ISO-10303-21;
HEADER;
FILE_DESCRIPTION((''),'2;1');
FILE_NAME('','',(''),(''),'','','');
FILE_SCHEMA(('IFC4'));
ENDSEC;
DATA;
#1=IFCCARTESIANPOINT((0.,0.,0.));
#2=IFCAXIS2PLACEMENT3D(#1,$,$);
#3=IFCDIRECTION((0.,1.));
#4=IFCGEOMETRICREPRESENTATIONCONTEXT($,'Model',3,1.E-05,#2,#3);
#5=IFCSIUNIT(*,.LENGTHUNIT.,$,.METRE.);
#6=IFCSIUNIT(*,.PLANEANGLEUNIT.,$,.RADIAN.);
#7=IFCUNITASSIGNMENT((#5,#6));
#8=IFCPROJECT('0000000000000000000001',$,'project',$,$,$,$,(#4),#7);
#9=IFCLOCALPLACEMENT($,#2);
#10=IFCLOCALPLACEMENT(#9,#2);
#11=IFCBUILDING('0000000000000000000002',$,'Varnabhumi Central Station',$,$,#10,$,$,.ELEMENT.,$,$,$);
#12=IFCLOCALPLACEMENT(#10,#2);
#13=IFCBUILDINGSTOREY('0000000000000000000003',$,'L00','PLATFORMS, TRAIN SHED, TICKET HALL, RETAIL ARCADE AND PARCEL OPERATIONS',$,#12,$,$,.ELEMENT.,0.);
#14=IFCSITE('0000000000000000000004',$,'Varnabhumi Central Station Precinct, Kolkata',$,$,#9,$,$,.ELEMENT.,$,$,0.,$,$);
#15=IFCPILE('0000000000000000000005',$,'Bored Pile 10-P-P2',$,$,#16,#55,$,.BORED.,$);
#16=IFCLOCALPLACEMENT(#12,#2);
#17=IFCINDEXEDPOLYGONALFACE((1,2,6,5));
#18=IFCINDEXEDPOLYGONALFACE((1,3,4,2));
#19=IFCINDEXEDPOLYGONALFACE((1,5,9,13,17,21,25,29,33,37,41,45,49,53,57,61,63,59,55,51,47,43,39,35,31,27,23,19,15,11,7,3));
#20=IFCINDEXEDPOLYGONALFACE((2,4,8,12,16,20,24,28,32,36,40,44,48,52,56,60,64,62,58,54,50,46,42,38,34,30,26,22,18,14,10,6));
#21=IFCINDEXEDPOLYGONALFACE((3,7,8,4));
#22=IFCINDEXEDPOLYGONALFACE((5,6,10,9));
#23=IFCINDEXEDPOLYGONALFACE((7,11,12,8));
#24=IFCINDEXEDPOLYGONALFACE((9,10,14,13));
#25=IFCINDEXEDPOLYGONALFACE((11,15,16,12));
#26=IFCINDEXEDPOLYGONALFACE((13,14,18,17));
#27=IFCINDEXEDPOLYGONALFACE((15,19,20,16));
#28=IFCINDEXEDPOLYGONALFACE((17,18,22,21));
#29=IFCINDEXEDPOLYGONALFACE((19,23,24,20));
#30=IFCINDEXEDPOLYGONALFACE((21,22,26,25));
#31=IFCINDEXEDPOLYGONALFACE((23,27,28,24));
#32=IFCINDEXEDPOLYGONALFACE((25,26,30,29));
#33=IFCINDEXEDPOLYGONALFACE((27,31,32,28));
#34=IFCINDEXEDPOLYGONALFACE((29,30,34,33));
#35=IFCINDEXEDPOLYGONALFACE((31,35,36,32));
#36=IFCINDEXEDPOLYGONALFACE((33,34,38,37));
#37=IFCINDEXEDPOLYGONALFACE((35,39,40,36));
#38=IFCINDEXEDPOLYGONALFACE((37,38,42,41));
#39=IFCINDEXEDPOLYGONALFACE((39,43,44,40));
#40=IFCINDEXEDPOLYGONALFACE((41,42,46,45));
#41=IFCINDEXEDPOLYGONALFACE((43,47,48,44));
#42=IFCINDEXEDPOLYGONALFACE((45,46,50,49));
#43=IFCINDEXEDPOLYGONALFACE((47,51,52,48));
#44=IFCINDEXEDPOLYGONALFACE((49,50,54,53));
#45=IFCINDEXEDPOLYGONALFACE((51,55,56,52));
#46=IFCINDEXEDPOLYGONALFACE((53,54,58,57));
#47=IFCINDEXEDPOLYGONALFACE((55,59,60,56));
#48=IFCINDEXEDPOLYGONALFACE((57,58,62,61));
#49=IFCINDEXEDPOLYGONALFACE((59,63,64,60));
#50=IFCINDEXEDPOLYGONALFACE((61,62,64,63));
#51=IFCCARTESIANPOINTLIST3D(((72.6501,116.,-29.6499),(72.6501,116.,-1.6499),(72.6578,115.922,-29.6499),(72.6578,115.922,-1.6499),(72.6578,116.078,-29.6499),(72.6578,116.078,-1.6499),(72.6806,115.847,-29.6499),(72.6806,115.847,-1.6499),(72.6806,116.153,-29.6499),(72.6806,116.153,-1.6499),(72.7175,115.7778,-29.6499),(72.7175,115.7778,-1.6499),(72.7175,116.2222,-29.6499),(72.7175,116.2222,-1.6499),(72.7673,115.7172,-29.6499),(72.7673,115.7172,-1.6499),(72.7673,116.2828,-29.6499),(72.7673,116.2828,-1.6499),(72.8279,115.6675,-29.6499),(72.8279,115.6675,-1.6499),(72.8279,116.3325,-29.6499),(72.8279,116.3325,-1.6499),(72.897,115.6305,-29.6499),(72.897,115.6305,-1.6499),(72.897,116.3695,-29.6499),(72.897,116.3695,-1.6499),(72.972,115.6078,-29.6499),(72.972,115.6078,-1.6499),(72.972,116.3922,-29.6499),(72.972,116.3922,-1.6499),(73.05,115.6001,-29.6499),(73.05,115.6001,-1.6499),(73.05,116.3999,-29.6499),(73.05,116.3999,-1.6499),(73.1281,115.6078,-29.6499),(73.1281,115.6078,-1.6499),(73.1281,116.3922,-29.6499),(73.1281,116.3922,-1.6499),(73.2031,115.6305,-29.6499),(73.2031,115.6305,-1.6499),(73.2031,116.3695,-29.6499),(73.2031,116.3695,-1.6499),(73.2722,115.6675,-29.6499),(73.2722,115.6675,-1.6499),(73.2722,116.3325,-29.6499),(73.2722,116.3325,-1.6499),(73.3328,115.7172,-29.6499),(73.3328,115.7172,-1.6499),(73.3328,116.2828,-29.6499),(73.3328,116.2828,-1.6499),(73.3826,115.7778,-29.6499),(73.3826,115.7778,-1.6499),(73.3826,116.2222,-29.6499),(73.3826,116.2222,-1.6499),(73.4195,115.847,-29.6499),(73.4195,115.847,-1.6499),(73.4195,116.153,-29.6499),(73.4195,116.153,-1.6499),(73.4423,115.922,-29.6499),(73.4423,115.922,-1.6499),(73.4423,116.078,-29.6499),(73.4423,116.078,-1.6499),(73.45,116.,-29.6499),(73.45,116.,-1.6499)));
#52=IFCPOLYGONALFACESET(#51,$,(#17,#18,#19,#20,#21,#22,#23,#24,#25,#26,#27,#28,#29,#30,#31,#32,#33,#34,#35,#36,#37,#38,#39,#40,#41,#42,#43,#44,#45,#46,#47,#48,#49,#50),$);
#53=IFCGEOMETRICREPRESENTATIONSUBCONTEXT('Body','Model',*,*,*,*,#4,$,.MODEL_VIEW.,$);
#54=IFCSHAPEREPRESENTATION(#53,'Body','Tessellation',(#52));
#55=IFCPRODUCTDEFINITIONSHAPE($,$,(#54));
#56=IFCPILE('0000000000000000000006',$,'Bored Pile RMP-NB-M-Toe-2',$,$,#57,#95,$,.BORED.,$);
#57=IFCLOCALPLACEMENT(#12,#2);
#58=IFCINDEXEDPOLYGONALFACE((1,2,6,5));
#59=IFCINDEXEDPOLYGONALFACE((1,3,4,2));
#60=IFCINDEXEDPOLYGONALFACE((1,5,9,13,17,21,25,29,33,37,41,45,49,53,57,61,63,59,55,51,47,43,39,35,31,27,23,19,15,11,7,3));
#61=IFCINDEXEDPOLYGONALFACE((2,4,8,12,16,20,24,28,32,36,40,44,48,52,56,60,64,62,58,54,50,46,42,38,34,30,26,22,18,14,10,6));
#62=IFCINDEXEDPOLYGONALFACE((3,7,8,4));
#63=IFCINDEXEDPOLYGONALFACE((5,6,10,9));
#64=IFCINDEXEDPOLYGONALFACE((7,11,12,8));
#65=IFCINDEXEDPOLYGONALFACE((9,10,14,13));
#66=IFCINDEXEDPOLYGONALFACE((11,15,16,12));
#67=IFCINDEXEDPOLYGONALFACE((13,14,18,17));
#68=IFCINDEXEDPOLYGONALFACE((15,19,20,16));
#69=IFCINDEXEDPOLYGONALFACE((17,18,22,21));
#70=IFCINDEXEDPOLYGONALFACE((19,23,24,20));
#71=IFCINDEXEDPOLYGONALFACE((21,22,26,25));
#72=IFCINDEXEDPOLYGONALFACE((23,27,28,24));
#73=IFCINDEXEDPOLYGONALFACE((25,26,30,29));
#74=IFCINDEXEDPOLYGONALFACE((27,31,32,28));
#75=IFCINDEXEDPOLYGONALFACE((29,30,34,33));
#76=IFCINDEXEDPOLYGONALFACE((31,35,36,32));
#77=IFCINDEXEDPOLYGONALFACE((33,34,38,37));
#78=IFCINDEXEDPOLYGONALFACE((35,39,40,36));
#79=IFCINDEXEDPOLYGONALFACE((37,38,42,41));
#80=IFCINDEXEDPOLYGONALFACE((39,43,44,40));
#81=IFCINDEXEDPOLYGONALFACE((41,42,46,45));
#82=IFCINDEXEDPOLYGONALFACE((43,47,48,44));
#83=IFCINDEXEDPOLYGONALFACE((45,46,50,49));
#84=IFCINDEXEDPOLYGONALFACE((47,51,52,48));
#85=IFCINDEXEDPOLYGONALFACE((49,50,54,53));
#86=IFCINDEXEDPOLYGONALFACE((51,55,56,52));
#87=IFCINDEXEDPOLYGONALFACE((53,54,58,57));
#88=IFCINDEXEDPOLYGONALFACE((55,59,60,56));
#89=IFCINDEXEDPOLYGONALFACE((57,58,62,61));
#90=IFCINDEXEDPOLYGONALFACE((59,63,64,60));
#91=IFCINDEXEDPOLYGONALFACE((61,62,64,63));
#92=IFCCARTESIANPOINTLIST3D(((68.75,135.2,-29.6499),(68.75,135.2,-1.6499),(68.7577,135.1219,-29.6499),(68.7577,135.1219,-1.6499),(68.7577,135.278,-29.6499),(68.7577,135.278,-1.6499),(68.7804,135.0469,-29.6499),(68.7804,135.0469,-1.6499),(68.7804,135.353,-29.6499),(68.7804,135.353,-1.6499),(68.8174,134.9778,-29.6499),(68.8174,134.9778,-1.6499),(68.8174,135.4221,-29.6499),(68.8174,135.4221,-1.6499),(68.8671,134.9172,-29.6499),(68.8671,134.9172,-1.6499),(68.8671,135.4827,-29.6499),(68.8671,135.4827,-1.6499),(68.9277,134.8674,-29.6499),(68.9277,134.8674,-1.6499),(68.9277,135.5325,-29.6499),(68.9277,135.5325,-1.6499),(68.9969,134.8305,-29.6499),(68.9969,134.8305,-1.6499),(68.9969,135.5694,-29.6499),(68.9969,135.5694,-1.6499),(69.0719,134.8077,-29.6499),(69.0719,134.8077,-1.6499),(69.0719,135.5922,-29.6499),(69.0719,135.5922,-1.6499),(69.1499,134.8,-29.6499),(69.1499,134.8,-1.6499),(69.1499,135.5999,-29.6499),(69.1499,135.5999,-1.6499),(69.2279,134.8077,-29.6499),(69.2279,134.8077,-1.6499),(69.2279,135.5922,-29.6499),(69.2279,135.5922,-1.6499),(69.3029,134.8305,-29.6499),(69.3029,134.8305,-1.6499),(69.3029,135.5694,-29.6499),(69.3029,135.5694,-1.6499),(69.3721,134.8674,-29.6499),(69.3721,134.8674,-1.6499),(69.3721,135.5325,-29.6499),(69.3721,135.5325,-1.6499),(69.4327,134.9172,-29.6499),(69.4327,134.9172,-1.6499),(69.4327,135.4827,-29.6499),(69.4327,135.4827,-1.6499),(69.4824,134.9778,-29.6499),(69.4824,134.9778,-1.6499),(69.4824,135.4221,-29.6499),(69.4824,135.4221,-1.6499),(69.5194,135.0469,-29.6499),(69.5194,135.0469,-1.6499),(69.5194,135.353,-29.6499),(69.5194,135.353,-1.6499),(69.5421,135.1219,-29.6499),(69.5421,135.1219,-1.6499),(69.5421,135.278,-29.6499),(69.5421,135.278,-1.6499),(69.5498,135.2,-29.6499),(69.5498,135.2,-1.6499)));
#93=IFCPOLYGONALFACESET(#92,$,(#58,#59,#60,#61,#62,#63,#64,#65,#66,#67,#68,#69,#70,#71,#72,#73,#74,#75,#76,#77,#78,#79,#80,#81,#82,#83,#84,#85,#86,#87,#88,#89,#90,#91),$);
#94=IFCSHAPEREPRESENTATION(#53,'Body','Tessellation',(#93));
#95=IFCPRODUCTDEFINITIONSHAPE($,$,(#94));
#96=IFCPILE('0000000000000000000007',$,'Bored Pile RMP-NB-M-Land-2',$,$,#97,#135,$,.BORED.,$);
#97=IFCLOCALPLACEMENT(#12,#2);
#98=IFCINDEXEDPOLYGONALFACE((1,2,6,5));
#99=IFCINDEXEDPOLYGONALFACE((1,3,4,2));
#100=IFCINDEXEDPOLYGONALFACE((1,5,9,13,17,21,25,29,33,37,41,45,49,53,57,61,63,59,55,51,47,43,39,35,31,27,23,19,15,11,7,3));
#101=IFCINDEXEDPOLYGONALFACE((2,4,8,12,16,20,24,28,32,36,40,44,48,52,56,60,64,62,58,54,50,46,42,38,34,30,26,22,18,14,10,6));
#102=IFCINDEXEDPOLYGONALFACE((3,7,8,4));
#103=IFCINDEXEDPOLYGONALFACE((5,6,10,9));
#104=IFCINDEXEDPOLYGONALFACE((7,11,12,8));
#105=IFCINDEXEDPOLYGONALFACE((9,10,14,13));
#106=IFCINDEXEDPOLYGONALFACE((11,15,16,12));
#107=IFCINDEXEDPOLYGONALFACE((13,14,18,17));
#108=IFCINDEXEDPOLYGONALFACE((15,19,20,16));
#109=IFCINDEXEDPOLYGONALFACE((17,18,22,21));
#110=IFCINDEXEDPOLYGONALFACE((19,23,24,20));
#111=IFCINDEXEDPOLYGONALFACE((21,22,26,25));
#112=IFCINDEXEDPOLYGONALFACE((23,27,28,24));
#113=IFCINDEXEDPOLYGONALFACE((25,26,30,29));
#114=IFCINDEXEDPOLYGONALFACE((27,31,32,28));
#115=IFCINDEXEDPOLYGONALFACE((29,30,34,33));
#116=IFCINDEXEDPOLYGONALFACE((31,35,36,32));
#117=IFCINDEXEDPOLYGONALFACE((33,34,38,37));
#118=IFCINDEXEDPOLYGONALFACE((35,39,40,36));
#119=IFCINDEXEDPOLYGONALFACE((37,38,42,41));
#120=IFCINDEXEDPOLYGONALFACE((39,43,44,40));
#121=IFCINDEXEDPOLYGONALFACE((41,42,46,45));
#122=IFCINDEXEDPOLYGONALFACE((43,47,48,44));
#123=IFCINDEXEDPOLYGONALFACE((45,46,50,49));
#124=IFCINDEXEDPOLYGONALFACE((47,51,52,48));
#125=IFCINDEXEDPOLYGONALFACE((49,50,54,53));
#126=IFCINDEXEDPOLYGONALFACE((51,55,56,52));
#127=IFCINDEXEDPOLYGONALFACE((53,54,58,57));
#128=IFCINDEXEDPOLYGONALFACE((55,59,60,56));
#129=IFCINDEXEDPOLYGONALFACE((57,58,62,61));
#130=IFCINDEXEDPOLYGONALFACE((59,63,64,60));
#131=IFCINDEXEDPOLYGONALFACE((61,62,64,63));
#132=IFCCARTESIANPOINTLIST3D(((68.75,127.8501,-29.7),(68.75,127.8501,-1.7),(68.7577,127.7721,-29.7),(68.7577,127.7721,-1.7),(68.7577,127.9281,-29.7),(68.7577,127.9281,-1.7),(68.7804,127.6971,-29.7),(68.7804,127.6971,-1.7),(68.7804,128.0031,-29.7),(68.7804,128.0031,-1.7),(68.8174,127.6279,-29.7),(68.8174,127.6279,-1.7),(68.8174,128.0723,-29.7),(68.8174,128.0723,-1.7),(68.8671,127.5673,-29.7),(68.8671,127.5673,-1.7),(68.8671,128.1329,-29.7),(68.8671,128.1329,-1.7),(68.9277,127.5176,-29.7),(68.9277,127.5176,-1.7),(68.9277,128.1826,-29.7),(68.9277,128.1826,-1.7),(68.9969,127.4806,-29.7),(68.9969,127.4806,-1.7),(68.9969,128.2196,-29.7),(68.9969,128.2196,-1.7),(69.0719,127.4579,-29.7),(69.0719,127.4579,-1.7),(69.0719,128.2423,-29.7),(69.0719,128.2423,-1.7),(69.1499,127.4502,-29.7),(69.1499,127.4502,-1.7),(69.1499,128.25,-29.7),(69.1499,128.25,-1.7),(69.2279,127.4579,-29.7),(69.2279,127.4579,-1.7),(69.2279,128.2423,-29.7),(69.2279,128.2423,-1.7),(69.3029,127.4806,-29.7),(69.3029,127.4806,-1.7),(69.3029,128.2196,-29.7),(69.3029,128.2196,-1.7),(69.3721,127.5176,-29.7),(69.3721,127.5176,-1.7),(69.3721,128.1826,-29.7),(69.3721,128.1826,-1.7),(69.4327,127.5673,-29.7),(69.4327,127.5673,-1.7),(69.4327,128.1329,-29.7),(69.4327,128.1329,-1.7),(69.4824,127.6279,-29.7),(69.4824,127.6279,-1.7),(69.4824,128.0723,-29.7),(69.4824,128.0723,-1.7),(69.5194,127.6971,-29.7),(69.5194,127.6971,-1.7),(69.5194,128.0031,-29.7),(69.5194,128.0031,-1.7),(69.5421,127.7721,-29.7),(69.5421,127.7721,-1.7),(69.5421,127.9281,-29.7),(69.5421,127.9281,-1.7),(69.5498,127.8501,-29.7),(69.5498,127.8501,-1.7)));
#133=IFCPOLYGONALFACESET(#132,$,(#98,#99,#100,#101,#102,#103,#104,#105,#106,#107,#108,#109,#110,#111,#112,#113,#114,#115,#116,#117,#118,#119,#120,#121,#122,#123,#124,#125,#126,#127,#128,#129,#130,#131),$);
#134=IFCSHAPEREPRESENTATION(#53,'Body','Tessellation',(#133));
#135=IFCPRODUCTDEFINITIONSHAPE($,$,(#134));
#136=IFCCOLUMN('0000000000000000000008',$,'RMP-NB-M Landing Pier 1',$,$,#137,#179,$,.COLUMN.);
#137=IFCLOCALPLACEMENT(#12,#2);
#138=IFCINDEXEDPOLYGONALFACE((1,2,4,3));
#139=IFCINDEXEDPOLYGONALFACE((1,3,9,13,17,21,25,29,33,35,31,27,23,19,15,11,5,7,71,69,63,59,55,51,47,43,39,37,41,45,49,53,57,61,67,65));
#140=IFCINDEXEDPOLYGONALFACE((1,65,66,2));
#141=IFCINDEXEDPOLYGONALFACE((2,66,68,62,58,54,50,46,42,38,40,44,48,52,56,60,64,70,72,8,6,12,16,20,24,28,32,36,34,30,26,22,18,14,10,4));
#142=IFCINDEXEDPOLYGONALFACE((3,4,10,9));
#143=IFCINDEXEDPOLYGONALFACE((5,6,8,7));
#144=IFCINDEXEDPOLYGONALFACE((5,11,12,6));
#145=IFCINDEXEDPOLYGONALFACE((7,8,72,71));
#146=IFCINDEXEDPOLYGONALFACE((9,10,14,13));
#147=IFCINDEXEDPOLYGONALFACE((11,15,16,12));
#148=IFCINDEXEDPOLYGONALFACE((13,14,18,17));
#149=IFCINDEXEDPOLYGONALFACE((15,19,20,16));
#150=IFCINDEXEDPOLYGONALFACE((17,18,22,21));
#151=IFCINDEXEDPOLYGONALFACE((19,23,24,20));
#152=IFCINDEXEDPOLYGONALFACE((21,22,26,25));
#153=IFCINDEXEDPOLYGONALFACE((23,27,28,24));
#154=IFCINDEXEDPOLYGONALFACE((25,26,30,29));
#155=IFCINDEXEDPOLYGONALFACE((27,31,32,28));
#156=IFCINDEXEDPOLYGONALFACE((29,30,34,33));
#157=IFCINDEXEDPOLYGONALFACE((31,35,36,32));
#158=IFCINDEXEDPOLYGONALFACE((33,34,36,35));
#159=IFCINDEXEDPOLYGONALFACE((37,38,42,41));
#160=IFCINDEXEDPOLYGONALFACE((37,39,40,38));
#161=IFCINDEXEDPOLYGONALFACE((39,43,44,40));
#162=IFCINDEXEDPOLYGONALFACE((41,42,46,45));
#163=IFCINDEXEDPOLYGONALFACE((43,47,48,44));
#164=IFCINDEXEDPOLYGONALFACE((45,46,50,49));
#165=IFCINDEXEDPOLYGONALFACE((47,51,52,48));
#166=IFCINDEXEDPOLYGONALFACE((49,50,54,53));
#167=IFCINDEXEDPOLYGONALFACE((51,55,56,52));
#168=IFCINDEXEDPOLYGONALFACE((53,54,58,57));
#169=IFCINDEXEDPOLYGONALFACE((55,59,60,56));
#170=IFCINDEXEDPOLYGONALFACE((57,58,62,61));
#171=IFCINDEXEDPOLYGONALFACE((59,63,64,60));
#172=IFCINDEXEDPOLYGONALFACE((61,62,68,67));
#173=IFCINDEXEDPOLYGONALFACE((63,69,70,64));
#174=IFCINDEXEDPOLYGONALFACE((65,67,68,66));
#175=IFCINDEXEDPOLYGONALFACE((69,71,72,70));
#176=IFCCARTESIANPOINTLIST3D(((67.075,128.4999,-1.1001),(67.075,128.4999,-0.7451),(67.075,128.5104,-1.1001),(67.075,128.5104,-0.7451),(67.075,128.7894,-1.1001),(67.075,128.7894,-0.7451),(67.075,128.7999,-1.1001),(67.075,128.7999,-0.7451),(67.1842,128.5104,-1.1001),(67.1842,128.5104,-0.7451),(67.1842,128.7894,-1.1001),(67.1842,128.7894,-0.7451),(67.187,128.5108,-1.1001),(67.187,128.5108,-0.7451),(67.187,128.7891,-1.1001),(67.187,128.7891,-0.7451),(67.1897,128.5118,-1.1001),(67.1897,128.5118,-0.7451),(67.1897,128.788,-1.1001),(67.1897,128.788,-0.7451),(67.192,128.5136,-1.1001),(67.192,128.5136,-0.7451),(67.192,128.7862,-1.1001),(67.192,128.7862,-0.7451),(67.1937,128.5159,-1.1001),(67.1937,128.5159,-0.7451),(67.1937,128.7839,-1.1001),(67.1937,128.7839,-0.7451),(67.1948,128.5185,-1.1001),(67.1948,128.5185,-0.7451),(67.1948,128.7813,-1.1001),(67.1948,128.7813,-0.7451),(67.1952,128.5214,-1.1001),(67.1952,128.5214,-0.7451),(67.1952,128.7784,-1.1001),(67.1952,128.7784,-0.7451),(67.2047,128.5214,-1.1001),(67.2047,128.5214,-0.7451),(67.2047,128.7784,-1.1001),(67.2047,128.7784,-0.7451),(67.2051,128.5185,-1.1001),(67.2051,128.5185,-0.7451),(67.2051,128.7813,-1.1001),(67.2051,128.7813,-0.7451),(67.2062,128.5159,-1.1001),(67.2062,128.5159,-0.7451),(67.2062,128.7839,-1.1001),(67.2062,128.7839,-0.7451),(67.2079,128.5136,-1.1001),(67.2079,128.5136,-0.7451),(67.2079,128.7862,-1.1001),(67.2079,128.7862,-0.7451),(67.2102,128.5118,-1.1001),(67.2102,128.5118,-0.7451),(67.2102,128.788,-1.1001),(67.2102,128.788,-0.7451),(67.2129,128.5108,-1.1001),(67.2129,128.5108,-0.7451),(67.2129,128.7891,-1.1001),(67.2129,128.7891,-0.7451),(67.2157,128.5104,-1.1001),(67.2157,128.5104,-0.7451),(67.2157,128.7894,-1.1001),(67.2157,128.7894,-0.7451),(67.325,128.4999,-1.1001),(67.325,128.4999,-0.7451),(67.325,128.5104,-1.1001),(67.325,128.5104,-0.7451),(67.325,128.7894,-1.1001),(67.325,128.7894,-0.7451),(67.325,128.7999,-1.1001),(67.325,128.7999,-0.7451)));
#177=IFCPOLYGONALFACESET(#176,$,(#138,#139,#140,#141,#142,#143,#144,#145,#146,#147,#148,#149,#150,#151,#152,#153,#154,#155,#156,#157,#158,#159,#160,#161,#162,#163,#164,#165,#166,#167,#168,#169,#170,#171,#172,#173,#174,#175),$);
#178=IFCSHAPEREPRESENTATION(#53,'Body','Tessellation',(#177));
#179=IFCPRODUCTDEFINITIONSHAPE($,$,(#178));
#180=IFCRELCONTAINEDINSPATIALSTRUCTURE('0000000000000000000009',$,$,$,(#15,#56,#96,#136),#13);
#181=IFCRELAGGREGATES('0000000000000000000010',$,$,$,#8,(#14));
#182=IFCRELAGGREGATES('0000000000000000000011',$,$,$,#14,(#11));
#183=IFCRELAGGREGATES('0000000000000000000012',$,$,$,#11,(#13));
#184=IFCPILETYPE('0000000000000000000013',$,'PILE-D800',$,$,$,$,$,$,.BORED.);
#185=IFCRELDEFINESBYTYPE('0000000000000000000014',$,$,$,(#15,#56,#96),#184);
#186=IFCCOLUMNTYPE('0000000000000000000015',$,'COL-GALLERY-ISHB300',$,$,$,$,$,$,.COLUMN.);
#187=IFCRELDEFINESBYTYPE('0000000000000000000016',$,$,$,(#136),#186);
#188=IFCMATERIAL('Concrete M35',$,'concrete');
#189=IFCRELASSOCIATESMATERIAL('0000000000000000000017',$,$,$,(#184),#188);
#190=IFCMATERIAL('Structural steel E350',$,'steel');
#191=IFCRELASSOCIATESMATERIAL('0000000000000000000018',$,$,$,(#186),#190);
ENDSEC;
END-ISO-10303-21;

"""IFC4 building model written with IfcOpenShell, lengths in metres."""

from ifc_helpers import new_model, si_unit, direction, frame, origin, origin_2d, place, context, subcontext, project, spatial, circle, i_section, extrude, material, material_profile, profile_set, type_object, element, save


model = new_model("IFC4")

# Units and contexts
model_context = context("Model", 3, precision=1e-05, world=origin(), true_north=direction((0.0, 1.0)))
body_context = subcontext(model_context, "Body", "Model", "MODEL_VIEW")
ifc_project = project(units=[si_unit("LENGTHUNIT", "METRE"), si_unit("PLANEANGLEUNIT", "RADIAN")], contexts=[model_context])

# Site, building, storey
site_placement = place(None, origin())
site = spatial("IfcSite", under=ifc_project, at=site_placement, Name="Varnabhumi Central Station Precinct, Kolkata", CompositionType="ELEMENT", RefElevation=0.0)
building_placement = place(site_placement, origin())
building = spatial("IfcBuilding", under=site, at=building_placement, Name="Varnabhumi Central Station", CompositionType="ELEMENT")
storey_placement = place(building_placement, origin())
storey = spatial("IfcBuildingStorey", under=building, at=storey_placement, Name="L00", Description="PLATFORMS, TRAIN SHED, TICKET HALL, RETAIL ARCADE AND PARCEL OPERATIONS", CompositionType="ELEMENT", Elevation=0.0)

# Piles
ifc_material_1 = material(Name="Concrete M35", Category="concrete")
ifc_material_profile_1 = material_profile(ifc_material_1, circle(Radius=0.3999, at=origin_2d()), Name="Concrete M35", Category="concrete")
ifc_profile_set_1 = profile_set([ifc_material_profile_1], Name="Concrete M35")
pile_type_1 = type_object("IfcPileType", Name="PILE-D800", PredefinedType="BORED", material=ifc_profile_set_1)
for number, where, z_axis, x_axis, name in (
    (1, (73.05, 116.0, -1.6499), (0.0, 0.0, -1.0), (1.0, 0.0, 0.0), "Bored Pile 10-P-P2"),
    (2, (69.1499, 135.2, -1.6499), (0.0, 0.0, -1.0), (1.0, 0.0, 0.0), "Bored Pile RMP-NB-M-Toe-2"),
    (3, (69.1499, 127.8501, -1.7), (0.0, 0.0, -1.0), (1.0, 0.0, 0.0), "Bored Pile RMP-NB-M-Land-2"),
):
    element("IfcPile", number, at=place(storey_placement, frame(where, z_axis=z_axis, x_axis=x_axis)), inside=storey, type_object=pile_type_1, Name=name, PredefinedType="BORED", context=body_context, shape_type="SweptSolid", body=[
        extrude(circle(Radius=0.3999, at=origin_2d()), origin(), (0.0, 0.0, 1.0), 28.0),
    ])

# Column
ifc_material_2 = material(Name="Structural steel E350", Category="steel")
ifc_material_profile_2 = material_profile(ifc_material_2, i_section(OverallWidth=0.25, OverallDepth=0.3, WebThickness=0.0095, FlangeThickness=0.0105, FilletRadius=0.011, at=origin_2d()), Name="Structural steel E350", Category="steel")
ifc_profile_set_2 = profile_set([ifc_material_profile_2], Name="Structural steel E350")
column_type_1 = type_object("IfcColumnType", Name="COL-GALLERY-ISHB300", PredefinedType="COLUMN", material=ifc_profile_set_2)
for number, where, z_axis, x_axis, name in (
    (4, (67.2, 128.6499, -1.1001), (0.0, 0.0, 1.0), (1.0, 0.0, 0.0), "RMP-NB-M Landing Pier 1"),
):
    element("IfcColumn", number, at=place(storey_placement, frame(where, z_axis=z_axis, x_axis=x_axis)), inside=storey, type_object=column_type_1, Name=name, PredefinedType="COLUMN", context=body_context, shape_type="SweptSolid", body=[
        extrude(i_section(OverallWidth=0.25, OverallDepth=0.3, WebThickness=0.0095, FlangeThickness=0.0105, FilletRadius=0.011, at=origin_2d()), origin(), (0.0, 0.0, 1.0), 0.355),
    ])

save(model, "model.ifc")
